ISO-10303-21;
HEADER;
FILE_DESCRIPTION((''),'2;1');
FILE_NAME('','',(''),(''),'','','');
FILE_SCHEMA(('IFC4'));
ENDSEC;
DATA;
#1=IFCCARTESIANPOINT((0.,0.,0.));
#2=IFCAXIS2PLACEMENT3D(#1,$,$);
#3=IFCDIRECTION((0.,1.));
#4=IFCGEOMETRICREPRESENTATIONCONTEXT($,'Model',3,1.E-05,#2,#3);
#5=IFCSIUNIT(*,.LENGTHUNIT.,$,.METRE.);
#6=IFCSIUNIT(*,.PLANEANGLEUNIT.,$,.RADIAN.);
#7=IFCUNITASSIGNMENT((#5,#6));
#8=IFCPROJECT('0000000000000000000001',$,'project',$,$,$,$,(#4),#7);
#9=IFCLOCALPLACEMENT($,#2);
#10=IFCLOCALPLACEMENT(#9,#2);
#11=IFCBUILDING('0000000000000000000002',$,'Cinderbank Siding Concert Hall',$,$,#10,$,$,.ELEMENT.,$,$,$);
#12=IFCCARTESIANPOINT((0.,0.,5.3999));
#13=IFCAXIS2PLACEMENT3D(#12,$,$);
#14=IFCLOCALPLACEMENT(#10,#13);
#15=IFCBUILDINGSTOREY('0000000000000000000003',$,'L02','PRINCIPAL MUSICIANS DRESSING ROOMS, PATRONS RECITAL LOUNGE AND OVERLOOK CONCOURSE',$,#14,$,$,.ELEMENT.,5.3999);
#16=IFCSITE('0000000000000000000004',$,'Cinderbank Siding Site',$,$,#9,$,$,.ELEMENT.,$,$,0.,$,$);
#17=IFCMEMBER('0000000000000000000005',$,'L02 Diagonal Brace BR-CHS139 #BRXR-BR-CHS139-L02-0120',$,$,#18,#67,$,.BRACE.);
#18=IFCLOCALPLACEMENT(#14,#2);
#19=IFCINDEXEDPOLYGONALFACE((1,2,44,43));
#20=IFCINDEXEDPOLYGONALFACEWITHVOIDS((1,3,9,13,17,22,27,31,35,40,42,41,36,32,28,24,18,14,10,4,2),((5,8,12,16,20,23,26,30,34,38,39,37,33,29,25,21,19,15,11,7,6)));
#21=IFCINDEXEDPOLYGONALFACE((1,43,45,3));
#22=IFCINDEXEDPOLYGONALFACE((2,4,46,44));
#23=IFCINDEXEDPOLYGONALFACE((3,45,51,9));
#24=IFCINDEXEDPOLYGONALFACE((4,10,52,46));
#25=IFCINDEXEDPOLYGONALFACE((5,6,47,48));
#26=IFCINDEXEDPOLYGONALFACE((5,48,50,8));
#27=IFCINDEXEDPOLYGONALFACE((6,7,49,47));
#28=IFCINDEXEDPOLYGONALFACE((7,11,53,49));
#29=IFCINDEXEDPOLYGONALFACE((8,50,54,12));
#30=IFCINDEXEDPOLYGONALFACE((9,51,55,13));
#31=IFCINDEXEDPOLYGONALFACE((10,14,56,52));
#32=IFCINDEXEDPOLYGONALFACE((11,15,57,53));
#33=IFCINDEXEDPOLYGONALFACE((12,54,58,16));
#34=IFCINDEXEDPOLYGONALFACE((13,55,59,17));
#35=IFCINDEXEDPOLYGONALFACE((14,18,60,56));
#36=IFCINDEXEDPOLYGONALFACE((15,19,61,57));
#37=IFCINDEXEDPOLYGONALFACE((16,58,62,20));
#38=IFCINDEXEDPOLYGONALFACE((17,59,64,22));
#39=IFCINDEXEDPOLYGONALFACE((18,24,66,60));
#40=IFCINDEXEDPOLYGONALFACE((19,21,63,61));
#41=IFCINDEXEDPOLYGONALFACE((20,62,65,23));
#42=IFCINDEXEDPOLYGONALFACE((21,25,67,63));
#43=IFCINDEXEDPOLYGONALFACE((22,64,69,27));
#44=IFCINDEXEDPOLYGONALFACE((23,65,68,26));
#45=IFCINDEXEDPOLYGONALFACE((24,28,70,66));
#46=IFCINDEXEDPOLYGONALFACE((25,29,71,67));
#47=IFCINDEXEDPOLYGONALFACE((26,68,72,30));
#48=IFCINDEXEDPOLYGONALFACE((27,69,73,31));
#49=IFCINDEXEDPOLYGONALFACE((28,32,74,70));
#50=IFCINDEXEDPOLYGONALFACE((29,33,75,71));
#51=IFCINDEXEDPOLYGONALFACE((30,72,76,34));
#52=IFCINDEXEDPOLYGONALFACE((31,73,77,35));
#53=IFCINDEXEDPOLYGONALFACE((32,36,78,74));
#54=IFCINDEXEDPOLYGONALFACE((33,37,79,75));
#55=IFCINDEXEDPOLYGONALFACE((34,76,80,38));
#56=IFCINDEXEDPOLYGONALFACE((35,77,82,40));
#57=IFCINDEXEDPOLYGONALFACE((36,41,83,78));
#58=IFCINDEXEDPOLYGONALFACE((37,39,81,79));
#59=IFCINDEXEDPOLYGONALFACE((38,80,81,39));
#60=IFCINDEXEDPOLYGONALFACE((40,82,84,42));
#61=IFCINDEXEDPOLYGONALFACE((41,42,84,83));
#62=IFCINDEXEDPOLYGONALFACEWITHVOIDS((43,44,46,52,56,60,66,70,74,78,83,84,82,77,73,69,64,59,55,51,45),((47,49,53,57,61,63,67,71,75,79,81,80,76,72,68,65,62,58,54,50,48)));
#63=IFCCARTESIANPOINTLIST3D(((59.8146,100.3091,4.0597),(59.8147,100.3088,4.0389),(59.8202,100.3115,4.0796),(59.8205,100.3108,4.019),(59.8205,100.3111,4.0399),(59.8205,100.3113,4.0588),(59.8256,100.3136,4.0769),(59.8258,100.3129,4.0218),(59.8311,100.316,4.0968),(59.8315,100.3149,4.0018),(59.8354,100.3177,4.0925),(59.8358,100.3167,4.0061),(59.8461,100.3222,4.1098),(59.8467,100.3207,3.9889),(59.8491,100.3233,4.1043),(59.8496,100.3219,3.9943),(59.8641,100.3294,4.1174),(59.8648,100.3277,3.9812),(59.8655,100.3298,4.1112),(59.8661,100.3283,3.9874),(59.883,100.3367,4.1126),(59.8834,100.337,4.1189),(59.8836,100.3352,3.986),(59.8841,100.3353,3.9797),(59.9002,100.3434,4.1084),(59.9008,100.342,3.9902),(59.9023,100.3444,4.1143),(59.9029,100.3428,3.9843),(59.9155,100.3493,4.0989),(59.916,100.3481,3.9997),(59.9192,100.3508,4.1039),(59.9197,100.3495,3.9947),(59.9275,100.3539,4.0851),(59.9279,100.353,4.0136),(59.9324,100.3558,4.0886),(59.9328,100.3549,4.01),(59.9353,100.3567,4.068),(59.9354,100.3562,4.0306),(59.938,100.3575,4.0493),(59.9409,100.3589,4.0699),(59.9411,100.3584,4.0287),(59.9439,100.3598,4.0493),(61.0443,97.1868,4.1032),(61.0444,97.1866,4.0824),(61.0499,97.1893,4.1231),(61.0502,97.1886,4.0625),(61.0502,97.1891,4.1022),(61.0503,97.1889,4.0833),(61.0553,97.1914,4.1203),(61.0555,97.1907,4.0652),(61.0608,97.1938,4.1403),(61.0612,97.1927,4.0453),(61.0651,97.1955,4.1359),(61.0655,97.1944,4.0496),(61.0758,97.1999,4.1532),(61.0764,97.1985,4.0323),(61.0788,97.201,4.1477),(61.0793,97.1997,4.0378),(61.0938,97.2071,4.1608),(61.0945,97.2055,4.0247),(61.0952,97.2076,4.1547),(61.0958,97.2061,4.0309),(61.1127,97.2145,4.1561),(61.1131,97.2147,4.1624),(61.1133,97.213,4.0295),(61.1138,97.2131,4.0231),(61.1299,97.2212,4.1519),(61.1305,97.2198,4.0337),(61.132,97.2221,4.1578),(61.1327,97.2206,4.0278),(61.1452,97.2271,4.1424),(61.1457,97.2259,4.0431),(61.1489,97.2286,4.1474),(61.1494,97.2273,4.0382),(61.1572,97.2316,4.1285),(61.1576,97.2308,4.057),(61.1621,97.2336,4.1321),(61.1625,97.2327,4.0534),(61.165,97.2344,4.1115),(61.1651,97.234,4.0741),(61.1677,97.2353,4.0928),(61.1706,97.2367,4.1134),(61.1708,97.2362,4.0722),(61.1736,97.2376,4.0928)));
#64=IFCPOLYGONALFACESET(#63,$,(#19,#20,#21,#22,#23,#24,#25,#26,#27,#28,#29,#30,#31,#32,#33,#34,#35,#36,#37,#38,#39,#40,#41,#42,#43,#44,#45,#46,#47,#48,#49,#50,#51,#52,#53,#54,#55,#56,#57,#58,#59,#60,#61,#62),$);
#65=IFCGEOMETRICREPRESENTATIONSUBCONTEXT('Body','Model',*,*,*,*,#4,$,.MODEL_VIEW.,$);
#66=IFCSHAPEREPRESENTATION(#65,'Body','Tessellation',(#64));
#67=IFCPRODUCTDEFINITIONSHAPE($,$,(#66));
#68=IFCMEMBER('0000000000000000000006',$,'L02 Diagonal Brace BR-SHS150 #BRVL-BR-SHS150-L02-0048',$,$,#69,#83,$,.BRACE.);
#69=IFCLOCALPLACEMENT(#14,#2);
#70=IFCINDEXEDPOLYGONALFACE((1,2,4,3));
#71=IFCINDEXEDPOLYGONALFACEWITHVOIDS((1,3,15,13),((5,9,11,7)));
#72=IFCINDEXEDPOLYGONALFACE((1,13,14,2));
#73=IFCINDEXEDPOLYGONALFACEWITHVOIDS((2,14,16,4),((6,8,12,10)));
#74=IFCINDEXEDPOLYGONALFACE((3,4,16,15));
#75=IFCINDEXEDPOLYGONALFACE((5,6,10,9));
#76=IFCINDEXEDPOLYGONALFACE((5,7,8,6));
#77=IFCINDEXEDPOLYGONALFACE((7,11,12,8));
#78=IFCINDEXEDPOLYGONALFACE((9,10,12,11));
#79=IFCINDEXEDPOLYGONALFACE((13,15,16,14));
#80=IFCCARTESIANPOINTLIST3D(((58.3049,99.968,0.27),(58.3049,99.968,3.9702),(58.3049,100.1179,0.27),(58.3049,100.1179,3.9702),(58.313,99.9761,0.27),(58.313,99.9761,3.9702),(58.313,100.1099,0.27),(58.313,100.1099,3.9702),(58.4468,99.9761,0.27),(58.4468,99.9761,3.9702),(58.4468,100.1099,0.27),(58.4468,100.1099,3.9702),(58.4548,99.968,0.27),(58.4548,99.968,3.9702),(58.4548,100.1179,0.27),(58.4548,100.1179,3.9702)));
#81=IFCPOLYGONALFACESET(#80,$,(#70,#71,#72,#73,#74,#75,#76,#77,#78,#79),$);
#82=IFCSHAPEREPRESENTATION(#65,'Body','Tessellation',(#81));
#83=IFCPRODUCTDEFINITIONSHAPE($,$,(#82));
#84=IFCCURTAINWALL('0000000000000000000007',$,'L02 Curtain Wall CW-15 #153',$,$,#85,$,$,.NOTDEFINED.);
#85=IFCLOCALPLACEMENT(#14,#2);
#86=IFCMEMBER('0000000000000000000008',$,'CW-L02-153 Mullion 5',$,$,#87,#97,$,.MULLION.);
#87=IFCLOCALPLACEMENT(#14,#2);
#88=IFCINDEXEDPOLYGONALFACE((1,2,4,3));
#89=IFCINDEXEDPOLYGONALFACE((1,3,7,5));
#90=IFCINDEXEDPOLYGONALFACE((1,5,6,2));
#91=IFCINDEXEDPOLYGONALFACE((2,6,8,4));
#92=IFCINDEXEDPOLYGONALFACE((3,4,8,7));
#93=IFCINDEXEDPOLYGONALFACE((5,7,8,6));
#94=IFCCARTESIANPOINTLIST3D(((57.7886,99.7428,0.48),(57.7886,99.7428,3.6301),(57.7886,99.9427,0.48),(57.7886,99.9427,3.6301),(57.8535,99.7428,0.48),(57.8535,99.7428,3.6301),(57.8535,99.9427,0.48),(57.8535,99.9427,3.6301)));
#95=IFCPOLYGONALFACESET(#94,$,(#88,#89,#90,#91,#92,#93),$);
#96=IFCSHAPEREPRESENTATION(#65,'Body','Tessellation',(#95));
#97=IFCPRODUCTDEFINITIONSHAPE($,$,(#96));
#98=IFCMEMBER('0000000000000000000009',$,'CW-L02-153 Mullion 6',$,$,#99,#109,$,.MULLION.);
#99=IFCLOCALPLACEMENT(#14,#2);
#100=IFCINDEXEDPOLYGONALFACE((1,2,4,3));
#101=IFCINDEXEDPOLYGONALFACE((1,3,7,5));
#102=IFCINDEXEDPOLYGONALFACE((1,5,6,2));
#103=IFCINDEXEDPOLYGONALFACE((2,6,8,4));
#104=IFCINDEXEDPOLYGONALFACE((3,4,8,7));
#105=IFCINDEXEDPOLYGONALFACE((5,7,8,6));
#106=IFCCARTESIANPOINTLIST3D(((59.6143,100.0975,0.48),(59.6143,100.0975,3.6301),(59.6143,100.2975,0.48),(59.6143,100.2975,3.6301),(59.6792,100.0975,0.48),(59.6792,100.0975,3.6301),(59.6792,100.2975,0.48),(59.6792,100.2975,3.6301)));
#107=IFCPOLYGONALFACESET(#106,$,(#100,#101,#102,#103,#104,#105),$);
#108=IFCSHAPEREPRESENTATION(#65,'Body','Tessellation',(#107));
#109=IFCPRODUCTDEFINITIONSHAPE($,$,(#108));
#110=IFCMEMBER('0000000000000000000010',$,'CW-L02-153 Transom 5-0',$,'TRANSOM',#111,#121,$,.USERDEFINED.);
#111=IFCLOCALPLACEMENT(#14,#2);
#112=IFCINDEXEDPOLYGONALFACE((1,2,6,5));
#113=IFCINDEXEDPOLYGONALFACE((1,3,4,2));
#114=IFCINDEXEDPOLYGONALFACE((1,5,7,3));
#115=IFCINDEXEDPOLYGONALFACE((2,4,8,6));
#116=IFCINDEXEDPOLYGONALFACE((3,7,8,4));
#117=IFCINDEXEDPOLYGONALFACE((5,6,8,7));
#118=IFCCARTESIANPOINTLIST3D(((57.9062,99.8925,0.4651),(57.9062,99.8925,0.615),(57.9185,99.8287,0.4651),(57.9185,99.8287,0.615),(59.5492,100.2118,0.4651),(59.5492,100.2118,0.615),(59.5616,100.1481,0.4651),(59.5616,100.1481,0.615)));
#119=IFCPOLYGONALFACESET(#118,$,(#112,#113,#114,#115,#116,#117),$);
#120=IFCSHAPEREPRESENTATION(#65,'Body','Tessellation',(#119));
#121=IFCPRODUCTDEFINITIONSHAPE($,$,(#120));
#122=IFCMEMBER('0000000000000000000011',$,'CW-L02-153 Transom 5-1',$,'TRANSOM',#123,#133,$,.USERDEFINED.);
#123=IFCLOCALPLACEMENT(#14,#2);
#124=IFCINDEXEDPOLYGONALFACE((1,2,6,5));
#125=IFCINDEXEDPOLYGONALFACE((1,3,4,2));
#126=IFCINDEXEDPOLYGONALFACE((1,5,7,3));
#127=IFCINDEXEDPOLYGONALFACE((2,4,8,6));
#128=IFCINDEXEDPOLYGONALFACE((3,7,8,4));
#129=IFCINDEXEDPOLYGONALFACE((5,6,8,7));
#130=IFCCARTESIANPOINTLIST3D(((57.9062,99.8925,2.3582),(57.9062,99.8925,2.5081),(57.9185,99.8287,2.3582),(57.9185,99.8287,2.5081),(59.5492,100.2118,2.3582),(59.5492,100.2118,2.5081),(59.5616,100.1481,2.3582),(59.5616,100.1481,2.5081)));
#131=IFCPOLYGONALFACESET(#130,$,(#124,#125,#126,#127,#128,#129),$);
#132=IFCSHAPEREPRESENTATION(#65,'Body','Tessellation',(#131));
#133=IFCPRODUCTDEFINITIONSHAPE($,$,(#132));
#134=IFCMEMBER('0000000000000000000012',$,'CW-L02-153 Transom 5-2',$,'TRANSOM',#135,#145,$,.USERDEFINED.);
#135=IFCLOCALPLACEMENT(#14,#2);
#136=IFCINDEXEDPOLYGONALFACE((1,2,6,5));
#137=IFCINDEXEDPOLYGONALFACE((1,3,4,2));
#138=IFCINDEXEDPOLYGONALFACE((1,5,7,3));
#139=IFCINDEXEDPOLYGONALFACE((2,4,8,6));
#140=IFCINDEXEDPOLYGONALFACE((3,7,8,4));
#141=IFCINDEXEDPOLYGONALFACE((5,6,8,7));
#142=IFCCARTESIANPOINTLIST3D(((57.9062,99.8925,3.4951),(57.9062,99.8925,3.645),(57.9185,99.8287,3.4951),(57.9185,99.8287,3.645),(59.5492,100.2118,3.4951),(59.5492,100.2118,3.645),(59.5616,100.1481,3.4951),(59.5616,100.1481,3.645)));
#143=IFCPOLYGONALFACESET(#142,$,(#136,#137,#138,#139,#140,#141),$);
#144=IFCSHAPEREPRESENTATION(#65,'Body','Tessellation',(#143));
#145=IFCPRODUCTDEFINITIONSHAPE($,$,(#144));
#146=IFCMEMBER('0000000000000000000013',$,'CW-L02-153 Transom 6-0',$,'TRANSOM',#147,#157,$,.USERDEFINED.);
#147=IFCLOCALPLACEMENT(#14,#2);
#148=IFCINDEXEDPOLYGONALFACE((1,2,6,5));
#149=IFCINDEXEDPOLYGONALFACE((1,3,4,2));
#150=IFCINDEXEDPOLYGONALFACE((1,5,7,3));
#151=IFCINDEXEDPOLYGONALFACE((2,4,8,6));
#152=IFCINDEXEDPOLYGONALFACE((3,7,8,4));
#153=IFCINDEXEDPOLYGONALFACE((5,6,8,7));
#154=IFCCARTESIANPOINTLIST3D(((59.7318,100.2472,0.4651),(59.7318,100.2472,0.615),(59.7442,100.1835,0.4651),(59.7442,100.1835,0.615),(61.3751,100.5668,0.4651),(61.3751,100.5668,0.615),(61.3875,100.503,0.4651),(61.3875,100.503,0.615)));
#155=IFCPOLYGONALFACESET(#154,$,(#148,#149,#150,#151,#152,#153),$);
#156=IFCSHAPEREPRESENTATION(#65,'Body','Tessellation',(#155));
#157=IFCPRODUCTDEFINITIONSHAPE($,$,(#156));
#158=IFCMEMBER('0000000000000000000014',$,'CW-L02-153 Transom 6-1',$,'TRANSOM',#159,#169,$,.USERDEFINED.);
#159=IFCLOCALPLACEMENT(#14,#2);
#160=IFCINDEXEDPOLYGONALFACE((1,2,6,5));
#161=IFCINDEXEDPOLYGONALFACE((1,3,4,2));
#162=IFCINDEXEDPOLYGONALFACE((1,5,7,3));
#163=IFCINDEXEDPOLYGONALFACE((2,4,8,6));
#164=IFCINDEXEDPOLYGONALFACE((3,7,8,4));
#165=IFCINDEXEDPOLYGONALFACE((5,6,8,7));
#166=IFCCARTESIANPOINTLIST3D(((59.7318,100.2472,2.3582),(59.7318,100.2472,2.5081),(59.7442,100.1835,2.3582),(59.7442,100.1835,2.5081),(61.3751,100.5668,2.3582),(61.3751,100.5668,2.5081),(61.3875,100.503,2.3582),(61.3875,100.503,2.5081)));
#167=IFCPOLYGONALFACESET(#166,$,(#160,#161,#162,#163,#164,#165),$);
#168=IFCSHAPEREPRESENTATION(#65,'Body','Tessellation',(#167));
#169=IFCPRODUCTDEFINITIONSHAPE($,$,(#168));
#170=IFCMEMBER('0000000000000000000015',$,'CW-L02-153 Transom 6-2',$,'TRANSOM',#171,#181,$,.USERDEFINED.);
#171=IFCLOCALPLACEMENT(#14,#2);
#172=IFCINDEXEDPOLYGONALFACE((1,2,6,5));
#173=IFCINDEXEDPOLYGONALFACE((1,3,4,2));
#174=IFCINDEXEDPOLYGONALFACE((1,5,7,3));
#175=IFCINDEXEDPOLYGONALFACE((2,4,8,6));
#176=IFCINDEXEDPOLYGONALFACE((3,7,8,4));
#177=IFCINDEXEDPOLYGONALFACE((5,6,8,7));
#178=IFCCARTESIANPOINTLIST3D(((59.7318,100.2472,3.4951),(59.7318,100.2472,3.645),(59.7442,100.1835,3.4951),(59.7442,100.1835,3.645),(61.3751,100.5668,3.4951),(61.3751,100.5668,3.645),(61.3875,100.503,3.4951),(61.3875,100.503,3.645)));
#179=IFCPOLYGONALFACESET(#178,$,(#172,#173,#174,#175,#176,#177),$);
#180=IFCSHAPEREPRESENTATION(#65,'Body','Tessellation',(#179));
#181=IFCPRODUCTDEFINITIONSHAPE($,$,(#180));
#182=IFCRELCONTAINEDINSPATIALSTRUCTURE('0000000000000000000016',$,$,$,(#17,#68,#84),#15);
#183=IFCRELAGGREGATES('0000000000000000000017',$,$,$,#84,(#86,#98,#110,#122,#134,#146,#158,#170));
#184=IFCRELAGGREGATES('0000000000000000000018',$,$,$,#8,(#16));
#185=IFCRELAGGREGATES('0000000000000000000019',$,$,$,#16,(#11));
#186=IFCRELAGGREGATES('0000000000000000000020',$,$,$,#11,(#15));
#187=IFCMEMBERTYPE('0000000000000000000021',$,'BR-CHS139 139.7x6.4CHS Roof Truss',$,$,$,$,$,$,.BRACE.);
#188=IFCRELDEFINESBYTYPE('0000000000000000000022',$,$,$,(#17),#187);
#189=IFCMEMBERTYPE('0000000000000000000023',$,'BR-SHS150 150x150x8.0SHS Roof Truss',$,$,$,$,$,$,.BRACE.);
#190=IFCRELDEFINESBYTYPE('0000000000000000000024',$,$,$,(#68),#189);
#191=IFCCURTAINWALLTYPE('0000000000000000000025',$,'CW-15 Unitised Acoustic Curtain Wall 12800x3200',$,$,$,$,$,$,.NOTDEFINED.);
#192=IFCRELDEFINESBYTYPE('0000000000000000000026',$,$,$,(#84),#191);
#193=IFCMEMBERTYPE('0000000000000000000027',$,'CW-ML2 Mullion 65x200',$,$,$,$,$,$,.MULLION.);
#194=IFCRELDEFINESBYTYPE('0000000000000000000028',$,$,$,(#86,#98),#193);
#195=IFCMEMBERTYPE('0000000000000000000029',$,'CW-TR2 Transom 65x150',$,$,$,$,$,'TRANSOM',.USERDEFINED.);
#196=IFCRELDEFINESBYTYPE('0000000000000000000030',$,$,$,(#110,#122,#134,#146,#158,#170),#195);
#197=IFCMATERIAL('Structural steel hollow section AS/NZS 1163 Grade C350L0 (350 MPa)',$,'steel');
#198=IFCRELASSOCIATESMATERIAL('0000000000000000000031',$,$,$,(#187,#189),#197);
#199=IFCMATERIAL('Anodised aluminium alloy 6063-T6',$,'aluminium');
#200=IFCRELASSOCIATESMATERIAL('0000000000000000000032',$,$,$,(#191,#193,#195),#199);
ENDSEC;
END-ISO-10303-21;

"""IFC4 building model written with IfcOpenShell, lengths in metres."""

from ifc_helpers import new_model, si_unit, direction, frame, origin, origin_2d, place, context, subcontext, project, spatial, rectangle, hollow_rectangle, hollow_circle, extrude, material, material_profile, profile_set, type_object, element, aggregate, save


model = new_model("IFC4")

# Units and contexts
model_context = context("Model", 3, precision=1e-05, world=origin(), true_north=direction((0.0, 1.0)))
body_context = subcontext(model_context, "Body", "Model", "MODEL_VIEW")
ifc_project = project(units=[si_unit("LENGTHUNIT", "METRE"), si_unit("PLANEANGLEUNIT", "RADIAN")], contexts=[model_context])

# Site, building, storey
site_placement = place(None, origin())
site = spatial("IfcSite", under=ifc_project, at=site_placement, Name="Cinderbank Siding Site", CompositionType="ELEMENT", RefElevation=0.0)
building_placement = place(site_placement, origin())
building = spatial("IfcBuilding", under=site, at=building_placement, Name="Cinderbank Siding Concert Hall", CompositionType="ELEMENT")
storey_placement = place(building_placement, frame((0.0, 0.0, 5.3999)))
storey = spatial("IfcBuildingStorey", under=building, at=storey_placement, Name="L02", Description="PRINCIPAL MUSICIANS DRESSING ROOMS, PATRONS RECITAL LOUNGE AND OVERLOOK CONCOURSE", CompositionType="ELEMENT", Elevation=5.3999)

# Members
ifc_material_1 = material(Name="Structural steel hollow section AS/NZS 1163 Grade C350L0 (350 MPa)", Category="steel")
ifc_material_profile_1 = material_profile(ifc_material_1, hollow_circle(Radius=0.0698, WallThickness=0.0063, at=origin_2d()), Name="139.7x6.4CHS", Category="LoadBearing")
ifc_profile_set_1 = profile_set([ifc_material_profile_1], Name="Structural steel hollow section AS/NZS 1163 Grade C350L0 (350 MPa)")
member_type_1 = type_object("IfcMemberType", Name="BR-CHS139 139.7x6.4CHS Roof Truss", PredefinedType="BRACE", material=ifc_profile_set_1)
member_1_placement = place(storey_placement, frame((59.8789, 100.3342, 4.0493), z_axis=(0.366425, -0.930357, 0.012949), x_axis=(0.930435, 0.366456, 0.0)))
element("IfcMember", 1, at=member_1_placement, inside=storey, type_object=member_type_1, Name="L02 Diagonal Brace BR-CHS139 #BRXR-BR-CHS139-L02-0120", PredefinedType="BRACE", context=body_context, shape_type="SweptSolid", body=[
    extrude(hollow_circle(Radius=0.0698, WallThickness=0.0063, at=origin_2d()), origin(), (0.0, 0.0, 1.0), 3.356),
])
ifc_material_profile_2 = material_profile(ifc_material_1, hollow_rectangle(XDim=0.1499, YDim=0.1499, WallThickness=0.0081, at=origin_2d()), Name="150x150x8.0SHS", Category="LoadBearing")
ifc_profile_set_2 = profile_set([ifc_material_profile_2], Name="Structural steel hollow section AS/NZS 1163 Grade C350L0 (350 MPa)")
member_type_2 = type_object("IfcMemberType", Name="BR-SHS150 150x150x8.0SHS Roof Truss", PredefinedType="BRACE", material=ifc_profile_set_2)
member_2_placement = place(storey_placement, frame((58.3799, 100.043, 0.27), z_axis=(0.0, 0.0, 1.0), x_axis=(1.0, 0.0, 0.0)))
element("IfcMember", 2, at=member_2_placement, inside=storey, type_object=member_type_2, Name="L02 Diagonal Brace BR-SHS150 #BRVL-BR-SHS150-L02-0048", PredefinedType="BRACE", context=body_context, shape_type="SweptSolid", body=[
    extrude(hollow_rectangle(XDim=0.1499, YDim=0.1499, WallThickness=0.0081, at=origin_2d()), origin(), (0.0, 0.0, 1.0), 3.7002),
])

# Curtain wall, members
ifc_material_2 = material(Name="Anodised aluminium alloy 6063-T6", Category="aluminium")
curtain_wall_type = type_object("IfcCurtainWallType", Name="CW-15 Unitised Acoustic Curtain Wall 12800x3200", PredefinedType="NOTDEFINED", material=ifc_material_2)
curtain_wall_1_placement = place(storey_placement, origin())
curtain_wall_1 = element("IfcCurtainWall", 3, at=curtain_wall_1_placement, inside=storey, type_object=curtain_wall_type, Name="L02 Curtain Wall CW-15 #153", PredefinedType="NOTDEFINED")
ifc_material_profile_3 = material_profile(ifc_material_2, rectangle(XDim=0.0649, YDim=0.2, at=origin_2d()), Name="ALU-MULL-65x200", Category="LoadBearing")
ifc_profile_set_3 = profile_set([ifc_material_profile_3], Name="Anodised aluminium alloy 6063-T6")
member_type_3 = type_object("IfcMemberType", Name="CW-ML2 Mullion 65x200", PredefinedType="MULLION", material=ifc_profile_set_3)
member_3_placement = place(storey_placement, frame((57.821, 99.8428, 0.48), z_axis=(0.0, 0.0, 1.0), x_axis=(1.0, 0.0, 0.0)))
member_3 = element("IfcMember", 4, at=member_3_placement, type_object=member_type_3, Name="CW-L02-153 Mullion 5", PredefinedType="MULLION", context=body_context, shape_type="SweptSolid", body=[
    extrude(rectangle(XDim=0.0649, YDim=0.2, at=origin_2d()), origin(), (0.0, 0.0, 1.0), 3.1501),
])
member_4_placement = place(storey_placement, frame((59.6467, 100.1975, 0.48), z_axis=(0.0, 0.0, 1.0), x_axis=(1.0, 0.0, 0.0)))
member_4 = element("IfcMember", 5, at=member_4_placement, type_object=member_type_3, Name="CW-L02-153 Mullion 6", PredefinedType="MULLION", context=body_context, shape_type="SweptSolid", body=[
    extrude(rectangle(XDim=0.0649, YDim=0.2, at=origin_2d()), origin(), (0.0, 0.0, 1.0), 3.1501),
])
ifc_material_profile_4 = material_profile(ifc_material_2, rectangle(XDim=0.0649, YDim=0.1499, at=origin_2d()), Name="ALU-TRAN-65x150", Category="LoadBearing")
ifc_profile_set_4 = profile_set([ifc_material_profile_4], Name="Anodised aluminium alloy 6063-T6")
member_type_4 = type_object("IfcMemberType", Name="CW-TR2 Transom 65x150", ElementType="TRANSOM", PredefinedType="USERDEFINED", material=ifc_profile_set_4)
member_5_placement = place(storey_placement, frame((57.9124, 99.8606, 0.54), z_axis=(0.981632, 0.190784, 0.0), x_axis=(-0.190784, 0.981632, 0.0)))
member_5 = element("IfcMember", 6, at=member_5_placement, type_object=member_type_4, Name="CW-L02-153 Transom 5-0", ObjectType="TRANSOM", PredefinedType="USERDEFINED", context=body_context, shape_type="SweptSolid", body=[
    extrude(rectangle(XDim=0.0649, YDim=0.1499, at=origin_2d()), origin(), (0.0, 0.0, 1.0), 1.6738),
])
member_6_placement = place(storey_placement, frame((57.9124, 99.8606, 2.4331), z_axis=(0.981632, 0.190784, 0.0), x_axis=(-0.190784, 0.981632, 0.0)))
member_6 = element("IfcMember", 7, at=member_6_placement, type_object=member_type_4, Name="CW-L02-153 Transom 5-1", ObjectType="TRANSOM", PredefinedType="USERDEFINED", context=body_context, shape_type="SweptSolid", body=[
    extrude(rectangle(XDim=0.0649, YDim=0.1499, at=origin_2d()), origin(), (0.0, 0.0, 1.0), 1.6738),
])
member_7_placement = place(storey_placement, frame((57.9124, 99.8606, 3.5701), z_axis=(0.981632, 0.190784, 0.0), x_axis=(-0.190784, 0.981632, 0.0)))
member_7 = element("IfcMember", 8, at=member_7_placement, type_object=member_type_4, Name="CW-L02-153 Transom 5-2", ObjectType="TRANSOM", PredefinedType="USERDEFINED", context=body_context, shape_type="SweptSolid", body=[
    extrude(rectangle(XDim=0.0649, YDim=0.1499, at=origin_2d()), origin(), (0.0, 0.0, 1.0), 1.6738),
])
member_8_placement = place(storey_placement, frame((59.738, 100.2153, 0.54), z_axis=(0.98161, 0.190897, 0.0), x_axis=(-0.190897, 0.98161, 0.0)))
member_8 = element("IfcMember", 9, at=member_8_placement, type_object=member_type_4, Name="CW-L02-153 Transom 6-0", ObjectType="TRANSOM", PredefinedType="USERDEFINED", context=body_context, shape_type="SweptSolid", body=[
    extrude(rectangle(XDim=0.0649, YDim=0.1499, at=origin_2d()), origin(), (0.0, 0.0, 1.0), 1.6741),
])
member_9_placement = place(storey_placement, frame((59.738, 100.2153, 2.4331), z_axis=(0.98161, 0.190897, 0.0), x_axis=(-0.190897, 0.98161, 0.0)))
member_9 = element("IfcMember", 10, at=member_9_placement, type_object=member_type_4, Name="CW-L02-153 Transom 6-1", ObjectType="TRANSOM", PredefinedType="USERDEFINED", context=body_context, shape_type="SweptSolid", body=[
    extrude(rectangle(XDim=0.0649, YDim=0.1499, at=origin_2d()), origin(), (0.0, 0.0, 1.0), 1.6741),
])
member_10_placement = place(storey_placement, frame((59.738, 100.2153, 3.5701), z_axis=(0.98161, 0.190897, 0.0), x_axis=(-0.190897, 0.98161, 0.0)))
member_10 = element("IfcMember", 11, at=member_10_placement, type_object=member_type_4, Name="CW-L02-153 Transom 6-2", ObjectType="TRANSOM", PredefinedType="USERDEFINED", context=body_context, shape_type="SweptSolid", body=[
    extrude(rectangle(XDim=0.0649, YDim=0.1499, at=origin_2d()), origin(), (0.0, 0.0, 1.0), 1.6741),
])

aggregate(curtain_wall_1, [member_3, member_4, member_5, member_6, member_7, member_8, member_9, member_10])

save(model, "model.ifc")
